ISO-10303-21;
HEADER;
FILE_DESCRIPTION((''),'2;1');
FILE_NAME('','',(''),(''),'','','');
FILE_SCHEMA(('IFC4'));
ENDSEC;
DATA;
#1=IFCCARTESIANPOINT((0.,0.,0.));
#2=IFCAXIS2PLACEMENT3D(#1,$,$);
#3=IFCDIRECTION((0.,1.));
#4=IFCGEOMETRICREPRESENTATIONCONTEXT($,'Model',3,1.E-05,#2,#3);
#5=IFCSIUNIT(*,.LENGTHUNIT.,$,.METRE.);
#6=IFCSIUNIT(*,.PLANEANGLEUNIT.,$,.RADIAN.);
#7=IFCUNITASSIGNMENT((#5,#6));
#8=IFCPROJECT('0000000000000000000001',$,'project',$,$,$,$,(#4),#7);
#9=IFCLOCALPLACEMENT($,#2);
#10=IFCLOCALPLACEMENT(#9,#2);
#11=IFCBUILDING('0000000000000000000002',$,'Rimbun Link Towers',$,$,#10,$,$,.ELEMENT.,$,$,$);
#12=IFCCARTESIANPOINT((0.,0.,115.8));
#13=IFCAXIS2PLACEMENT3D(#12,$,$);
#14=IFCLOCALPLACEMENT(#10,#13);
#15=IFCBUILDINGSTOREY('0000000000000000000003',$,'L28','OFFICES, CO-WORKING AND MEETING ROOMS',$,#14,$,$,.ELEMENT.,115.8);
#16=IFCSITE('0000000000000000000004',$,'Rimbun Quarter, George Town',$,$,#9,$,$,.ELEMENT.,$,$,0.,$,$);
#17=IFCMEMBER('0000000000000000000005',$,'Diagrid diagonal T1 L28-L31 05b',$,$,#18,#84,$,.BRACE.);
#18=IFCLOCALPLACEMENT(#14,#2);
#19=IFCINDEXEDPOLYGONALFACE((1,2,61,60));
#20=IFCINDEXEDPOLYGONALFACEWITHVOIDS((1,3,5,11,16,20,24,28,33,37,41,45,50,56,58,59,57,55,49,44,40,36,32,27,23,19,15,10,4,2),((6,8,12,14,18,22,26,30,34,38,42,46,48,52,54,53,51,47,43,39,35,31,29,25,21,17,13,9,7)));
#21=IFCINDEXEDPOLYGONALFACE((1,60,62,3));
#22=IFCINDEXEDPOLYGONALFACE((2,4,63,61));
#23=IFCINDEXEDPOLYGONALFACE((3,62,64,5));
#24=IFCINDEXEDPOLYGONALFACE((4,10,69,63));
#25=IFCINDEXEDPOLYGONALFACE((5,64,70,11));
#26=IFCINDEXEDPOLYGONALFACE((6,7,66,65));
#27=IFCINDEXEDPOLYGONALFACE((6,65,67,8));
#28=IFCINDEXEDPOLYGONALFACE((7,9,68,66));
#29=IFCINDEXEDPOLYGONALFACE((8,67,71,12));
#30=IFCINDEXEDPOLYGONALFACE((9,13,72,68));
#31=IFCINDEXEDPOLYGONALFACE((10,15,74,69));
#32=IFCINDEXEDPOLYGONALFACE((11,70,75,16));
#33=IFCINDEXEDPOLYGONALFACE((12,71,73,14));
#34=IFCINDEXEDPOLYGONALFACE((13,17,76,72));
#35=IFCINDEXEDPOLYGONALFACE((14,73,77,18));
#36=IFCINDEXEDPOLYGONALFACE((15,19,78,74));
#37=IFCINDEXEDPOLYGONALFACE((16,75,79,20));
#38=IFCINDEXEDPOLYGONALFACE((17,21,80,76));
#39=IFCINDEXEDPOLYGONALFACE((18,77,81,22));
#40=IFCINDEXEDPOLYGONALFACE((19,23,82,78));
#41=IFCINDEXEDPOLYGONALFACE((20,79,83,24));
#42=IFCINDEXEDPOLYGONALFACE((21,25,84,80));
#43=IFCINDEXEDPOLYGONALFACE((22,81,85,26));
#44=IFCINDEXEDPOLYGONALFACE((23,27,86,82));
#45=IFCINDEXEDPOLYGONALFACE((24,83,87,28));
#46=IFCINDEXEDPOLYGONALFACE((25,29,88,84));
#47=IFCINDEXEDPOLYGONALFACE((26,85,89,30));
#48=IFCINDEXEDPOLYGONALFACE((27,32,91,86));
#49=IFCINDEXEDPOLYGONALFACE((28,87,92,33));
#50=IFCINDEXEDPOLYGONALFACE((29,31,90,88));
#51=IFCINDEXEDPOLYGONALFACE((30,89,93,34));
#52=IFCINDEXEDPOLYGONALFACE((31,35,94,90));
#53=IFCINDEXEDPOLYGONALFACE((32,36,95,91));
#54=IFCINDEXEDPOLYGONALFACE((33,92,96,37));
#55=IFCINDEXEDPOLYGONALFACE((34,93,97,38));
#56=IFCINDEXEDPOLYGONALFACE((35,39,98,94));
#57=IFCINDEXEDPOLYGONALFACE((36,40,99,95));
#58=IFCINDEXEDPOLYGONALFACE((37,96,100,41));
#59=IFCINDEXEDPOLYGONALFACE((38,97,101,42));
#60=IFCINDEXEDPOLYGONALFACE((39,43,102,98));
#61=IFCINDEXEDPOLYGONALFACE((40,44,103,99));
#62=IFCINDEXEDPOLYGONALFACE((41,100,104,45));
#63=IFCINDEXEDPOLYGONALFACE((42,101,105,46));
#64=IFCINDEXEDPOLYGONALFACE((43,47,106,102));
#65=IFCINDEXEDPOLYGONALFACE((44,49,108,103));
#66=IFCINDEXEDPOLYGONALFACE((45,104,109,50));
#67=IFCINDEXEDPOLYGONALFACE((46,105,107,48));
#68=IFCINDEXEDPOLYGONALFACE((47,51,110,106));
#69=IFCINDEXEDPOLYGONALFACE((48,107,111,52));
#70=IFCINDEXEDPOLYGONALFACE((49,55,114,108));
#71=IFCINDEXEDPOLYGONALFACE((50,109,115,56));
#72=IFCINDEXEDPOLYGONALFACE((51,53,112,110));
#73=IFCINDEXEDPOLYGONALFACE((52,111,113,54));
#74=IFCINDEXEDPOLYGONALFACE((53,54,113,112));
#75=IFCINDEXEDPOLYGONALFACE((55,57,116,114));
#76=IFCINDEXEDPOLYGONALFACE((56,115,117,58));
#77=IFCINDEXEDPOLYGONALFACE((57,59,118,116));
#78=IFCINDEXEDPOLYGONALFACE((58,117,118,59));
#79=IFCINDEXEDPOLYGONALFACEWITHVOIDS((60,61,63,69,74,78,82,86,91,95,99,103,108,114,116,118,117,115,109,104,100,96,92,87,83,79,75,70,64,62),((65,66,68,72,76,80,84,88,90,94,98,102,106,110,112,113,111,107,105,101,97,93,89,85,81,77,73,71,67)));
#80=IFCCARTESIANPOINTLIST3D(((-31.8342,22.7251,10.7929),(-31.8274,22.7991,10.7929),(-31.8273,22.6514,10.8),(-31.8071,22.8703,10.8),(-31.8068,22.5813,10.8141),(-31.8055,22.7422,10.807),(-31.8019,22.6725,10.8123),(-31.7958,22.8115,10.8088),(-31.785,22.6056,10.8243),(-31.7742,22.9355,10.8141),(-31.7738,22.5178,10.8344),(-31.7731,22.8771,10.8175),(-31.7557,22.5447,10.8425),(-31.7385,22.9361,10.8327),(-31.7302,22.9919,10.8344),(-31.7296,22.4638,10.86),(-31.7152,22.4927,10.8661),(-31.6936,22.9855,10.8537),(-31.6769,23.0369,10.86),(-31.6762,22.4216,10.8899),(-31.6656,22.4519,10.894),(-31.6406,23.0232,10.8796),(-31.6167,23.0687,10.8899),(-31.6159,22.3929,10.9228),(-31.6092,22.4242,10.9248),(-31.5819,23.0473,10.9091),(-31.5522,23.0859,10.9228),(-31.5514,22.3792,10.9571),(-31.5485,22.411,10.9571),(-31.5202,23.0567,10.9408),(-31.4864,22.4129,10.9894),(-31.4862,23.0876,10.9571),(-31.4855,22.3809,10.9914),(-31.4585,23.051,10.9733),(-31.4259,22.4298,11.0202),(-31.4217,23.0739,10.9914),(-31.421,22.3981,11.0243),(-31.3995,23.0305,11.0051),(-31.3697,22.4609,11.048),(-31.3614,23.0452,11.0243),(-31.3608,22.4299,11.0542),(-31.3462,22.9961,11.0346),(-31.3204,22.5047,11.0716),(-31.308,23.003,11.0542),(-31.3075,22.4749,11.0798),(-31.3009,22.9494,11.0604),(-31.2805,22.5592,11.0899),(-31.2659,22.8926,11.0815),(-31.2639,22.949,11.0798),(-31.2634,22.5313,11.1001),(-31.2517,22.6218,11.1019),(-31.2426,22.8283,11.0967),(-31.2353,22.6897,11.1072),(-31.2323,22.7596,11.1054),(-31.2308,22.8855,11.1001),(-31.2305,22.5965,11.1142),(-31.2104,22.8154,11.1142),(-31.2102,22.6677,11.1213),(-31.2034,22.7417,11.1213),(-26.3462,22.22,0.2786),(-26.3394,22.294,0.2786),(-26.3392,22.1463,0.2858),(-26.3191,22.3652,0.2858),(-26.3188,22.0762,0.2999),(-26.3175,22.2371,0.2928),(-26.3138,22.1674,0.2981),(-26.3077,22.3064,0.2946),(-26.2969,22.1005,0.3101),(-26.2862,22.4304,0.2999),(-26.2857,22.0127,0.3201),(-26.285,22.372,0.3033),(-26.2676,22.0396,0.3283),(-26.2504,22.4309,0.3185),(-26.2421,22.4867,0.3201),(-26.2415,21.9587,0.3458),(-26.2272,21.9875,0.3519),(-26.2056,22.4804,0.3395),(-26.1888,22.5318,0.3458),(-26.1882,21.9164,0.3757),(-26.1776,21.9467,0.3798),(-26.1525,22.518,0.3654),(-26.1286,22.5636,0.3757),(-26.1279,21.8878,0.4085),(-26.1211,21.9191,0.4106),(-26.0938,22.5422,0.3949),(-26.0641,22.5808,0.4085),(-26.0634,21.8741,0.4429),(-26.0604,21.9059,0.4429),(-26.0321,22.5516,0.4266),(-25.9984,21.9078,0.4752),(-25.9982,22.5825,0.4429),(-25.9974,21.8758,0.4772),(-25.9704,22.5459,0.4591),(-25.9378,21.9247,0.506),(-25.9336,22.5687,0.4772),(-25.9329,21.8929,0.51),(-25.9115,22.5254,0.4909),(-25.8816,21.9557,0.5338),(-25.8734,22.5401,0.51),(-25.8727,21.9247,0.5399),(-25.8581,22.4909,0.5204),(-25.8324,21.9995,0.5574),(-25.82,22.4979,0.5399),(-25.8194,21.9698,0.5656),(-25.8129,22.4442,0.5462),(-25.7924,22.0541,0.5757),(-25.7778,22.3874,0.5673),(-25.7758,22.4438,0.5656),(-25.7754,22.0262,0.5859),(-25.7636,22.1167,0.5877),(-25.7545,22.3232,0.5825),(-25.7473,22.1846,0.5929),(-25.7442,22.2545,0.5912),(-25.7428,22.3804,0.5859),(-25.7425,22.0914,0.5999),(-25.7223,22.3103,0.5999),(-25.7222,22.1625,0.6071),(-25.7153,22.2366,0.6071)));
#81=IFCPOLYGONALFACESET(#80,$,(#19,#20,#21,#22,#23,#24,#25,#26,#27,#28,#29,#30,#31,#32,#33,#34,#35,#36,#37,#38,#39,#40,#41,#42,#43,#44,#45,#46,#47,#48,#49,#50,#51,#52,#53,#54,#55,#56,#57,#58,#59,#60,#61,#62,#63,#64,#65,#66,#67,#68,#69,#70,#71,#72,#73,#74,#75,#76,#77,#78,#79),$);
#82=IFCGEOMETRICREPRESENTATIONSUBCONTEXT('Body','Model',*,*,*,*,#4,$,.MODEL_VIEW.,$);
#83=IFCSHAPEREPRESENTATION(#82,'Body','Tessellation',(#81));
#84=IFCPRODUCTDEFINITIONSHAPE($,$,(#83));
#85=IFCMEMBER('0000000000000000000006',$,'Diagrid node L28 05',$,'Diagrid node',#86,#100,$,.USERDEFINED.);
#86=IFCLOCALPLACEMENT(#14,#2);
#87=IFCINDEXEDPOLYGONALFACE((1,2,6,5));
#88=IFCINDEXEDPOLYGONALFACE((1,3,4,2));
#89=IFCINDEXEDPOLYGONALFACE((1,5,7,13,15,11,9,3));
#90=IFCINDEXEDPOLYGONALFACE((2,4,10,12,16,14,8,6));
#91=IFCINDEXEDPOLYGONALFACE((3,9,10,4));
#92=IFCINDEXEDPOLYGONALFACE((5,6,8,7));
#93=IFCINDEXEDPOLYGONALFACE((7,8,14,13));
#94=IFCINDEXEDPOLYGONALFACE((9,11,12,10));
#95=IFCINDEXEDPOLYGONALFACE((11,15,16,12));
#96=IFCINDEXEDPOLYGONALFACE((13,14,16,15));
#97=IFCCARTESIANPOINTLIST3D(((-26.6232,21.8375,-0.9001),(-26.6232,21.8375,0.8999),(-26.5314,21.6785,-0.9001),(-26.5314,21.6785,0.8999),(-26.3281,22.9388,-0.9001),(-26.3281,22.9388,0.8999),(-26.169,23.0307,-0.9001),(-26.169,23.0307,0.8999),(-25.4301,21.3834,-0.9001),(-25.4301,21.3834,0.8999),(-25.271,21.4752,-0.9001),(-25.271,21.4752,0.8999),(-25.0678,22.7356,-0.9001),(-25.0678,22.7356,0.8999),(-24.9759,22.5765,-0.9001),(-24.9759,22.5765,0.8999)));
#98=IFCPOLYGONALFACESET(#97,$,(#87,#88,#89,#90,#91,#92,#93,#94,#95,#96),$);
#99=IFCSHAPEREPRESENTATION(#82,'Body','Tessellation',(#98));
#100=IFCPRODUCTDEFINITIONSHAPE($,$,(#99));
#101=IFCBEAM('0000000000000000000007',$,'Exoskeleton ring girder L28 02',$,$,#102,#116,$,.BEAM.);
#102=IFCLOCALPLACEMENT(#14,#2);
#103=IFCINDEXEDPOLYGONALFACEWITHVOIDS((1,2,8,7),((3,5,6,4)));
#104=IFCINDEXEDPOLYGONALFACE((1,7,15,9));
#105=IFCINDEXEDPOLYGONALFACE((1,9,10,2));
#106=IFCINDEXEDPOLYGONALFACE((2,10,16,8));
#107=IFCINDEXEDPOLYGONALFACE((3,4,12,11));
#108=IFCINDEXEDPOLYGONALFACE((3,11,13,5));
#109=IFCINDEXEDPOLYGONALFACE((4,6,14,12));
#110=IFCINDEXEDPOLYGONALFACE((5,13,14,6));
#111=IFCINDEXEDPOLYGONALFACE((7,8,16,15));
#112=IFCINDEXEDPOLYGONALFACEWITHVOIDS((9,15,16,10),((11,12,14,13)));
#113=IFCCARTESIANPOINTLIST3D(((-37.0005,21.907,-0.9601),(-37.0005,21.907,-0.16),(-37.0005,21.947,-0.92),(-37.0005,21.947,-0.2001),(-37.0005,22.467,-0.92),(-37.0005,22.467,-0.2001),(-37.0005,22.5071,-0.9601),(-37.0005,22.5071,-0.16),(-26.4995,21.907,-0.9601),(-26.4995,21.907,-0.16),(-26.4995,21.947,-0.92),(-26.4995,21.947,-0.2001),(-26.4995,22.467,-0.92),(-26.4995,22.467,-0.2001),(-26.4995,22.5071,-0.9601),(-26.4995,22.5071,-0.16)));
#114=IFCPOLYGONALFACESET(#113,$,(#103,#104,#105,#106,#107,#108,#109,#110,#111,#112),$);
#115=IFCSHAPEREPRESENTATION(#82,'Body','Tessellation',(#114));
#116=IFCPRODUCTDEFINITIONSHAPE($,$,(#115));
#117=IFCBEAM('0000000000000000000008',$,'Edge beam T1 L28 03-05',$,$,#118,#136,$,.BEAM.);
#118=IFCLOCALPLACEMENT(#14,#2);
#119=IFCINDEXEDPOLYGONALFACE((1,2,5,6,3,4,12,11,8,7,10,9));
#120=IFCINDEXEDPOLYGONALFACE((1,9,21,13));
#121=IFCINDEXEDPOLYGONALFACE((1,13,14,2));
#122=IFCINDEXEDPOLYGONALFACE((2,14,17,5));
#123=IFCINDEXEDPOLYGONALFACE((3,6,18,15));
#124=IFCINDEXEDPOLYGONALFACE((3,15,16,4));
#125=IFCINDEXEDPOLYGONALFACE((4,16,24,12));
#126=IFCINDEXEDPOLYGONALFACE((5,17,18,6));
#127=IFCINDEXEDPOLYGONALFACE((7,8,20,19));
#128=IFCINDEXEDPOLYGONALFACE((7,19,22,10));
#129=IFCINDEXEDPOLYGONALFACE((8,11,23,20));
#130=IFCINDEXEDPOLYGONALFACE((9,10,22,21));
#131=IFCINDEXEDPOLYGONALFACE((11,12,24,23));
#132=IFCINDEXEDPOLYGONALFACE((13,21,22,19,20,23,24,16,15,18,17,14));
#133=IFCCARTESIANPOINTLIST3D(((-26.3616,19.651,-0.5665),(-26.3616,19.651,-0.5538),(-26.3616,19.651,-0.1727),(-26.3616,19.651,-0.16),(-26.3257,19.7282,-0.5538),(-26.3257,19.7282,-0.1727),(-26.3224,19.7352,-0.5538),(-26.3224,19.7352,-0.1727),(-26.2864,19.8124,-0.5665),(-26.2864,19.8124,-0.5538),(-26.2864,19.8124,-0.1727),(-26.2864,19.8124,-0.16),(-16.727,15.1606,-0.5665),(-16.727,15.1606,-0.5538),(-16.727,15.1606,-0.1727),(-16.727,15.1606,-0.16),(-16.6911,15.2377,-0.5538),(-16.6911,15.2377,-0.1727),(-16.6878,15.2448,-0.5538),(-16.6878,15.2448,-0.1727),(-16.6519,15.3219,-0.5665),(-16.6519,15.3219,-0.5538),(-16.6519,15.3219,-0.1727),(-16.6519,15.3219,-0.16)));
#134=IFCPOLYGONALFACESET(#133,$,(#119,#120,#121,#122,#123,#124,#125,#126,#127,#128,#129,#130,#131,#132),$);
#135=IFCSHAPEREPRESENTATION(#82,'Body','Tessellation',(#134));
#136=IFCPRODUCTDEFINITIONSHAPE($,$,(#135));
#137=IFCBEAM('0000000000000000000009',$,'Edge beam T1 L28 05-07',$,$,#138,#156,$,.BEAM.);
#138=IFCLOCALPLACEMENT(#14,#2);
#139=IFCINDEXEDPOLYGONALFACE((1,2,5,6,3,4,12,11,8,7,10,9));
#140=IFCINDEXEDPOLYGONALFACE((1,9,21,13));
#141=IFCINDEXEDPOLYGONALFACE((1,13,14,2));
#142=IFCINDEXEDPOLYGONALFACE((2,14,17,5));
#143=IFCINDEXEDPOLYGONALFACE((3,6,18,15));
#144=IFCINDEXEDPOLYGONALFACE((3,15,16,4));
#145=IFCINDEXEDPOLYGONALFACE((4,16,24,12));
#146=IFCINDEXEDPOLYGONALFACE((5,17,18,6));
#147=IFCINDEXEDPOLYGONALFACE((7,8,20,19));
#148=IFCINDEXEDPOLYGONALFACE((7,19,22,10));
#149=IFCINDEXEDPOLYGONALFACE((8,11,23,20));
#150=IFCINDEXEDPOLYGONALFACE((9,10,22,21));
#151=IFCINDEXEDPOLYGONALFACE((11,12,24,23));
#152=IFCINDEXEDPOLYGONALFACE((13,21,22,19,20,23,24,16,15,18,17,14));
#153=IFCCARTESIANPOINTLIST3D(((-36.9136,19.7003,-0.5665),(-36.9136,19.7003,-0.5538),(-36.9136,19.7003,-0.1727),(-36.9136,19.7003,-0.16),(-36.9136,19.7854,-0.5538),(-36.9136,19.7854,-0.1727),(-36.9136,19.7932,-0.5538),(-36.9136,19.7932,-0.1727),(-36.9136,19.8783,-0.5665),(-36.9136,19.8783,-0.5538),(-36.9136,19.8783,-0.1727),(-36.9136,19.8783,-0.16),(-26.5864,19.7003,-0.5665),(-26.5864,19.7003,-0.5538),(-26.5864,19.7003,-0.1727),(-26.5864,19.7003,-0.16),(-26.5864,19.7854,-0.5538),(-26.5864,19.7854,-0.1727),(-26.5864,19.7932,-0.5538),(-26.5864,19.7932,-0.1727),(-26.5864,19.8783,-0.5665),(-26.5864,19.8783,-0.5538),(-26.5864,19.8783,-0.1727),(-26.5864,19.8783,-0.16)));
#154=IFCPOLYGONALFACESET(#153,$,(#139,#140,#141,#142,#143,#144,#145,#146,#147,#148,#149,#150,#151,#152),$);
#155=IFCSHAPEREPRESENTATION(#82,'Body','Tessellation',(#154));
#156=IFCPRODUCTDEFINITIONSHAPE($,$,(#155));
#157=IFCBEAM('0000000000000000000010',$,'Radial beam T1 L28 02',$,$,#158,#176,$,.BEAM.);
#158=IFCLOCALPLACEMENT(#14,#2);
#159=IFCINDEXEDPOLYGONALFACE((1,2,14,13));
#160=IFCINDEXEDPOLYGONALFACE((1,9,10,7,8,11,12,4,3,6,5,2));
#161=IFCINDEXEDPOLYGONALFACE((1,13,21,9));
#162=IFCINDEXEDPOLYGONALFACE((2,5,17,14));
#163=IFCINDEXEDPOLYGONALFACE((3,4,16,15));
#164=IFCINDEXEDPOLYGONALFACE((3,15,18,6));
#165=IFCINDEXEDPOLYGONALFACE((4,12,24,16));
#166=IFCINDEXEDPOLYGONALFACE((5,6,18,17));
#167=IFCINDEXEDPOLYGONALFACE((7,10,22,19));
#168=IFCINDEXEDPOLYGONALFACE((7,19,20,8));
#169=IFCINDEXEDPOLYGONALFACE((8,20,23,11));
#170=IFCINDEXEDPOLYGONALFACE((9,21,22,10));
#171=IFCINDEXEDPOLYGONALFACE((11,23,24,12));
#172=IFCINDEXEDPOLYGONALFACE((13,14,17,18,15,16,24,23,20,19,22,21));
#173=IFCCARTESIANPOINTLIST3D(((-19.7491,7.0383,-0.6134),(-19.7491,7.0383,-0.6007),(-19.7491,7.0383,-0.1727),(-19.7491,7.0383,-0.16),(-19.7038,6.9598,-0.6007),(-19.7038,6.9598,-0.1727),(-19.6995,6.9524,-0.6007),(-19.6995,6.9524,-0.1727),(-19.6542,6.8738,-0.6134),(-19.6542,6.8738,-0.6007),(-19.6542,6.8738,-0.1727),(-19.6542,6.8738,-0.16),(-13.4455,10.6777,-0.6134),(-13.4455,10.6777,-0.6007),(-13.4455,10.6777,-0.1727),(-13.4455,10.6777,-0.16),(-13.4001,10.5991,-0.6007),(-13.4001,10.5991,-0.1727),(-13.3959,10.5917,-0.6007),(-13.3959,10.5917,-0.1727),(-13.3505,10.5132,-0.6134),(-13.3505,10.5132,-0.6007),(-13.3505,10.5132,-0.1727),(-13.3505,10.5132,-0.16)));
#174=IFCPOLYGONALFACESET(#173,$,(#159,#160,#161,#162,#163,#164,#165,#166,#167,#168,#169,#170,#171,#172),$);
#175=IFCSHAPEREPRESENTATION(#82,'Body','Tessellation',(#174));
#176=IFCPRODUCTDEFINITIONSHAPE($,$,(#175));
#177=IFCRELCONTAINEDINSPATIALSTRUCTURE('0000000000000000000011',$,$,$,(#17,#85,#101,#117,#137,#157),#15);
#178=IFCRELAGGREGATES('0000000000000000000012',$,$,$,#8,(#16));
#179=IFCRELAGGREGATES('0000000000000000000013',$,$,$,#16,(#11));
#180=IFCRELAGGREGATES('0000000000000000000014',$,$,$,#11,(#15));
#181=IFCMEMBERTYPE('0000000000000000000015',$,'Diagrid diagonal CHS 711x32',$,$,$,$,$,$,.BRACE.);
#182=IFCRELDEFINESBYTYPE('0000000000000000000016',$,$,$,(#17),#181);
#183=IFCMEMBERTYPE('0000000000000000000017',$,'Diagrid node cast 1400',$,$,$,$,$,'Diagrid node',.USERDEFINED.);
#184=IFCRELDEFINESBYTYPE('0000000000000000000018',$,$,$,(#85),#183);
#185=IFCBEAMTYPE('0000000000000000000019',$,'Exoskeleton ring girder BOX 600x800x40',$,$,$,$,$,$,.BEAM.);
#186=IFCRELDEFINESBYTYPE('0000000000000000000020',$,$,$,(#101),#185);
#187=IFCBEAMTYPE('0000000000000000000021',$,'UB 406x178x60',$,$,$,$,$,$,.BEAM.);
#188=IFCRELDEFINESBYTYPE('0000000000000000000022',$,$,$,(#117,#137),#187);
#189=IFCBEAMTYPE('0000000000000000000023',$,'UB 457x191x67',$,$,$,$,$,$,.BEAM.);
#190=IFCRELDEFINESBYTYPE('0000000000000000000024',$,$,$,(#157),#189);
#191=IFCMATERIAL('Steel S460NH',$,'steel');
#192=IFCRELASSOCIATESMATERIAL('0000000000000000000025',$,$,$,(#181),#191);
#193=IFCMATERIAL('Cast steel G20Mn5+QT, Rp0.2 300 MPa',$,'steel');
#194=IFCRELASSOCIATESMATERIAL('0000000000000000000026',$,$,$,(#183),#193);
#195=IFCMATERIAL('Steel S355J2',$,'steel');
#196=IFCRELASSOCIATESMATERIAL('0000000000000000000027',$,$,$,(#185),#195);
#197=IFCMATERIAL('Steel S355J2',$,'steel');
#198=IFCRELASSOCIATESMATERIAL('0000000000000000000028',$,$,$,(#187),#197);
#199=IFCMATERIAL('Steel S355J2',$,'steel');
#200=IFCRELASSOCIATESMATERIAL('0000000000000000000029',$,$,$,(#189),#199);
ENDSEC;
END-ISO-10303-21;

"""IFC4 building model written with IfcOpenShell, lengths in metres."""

from ifc_helpers import new_model, si_unit, direction, frame, origin, origin_2d, place, context, subcontext, project, spatial, polyline, hollow_rectangle, hollow_circle, i_section, outline, extrude, material, material_profile, profile_set, type_object, element, save


model = new_model("IFC4")

# Units and contexts
model_context = context("Model", 3, precision=1e-05, world=origin(), true_north=direction((0.0, 1.0)))
body_context = subcontext(model_context, "Body", "Model", "MODEL_VIEW")
ifc_project = project(units=[si_unit("LENGTHUNIT", "METRE"), si_unit("PLANEANGLEUNIT", "RADIAN")], contexts=[model_context])

# Site, building, storey
site_placement = place(None, origin())
site = spatial("IfcSite", under=ifc_project, at=site_placement, Name="Rimbun Quarter, George Town", CompositionType="ELEMENT", RefElevation=0.0)
building_placement = place(site_placement, origin())
building = spatial("IfcBuilding", under=site, at=building_placement, Name="Rimbun Link Towers", CompositionType="ELEMENT")
storey_placement = place(building_placement, frame((0.0, 0.0, 115.8)))
storey = spatial("IfcBuildingStorey", under=building, at=storey_placement, Name="L28", Description="OFFICES, CO-WORKING AND MEETING ROOMS", CompositionType="ELEMENT", Elevation=115.8)

# Members
ifc_material_1 = material(Name="Steel S460NH", Category="steel")
ifc_material_profile_1 = material_profile(ifc_material_1, hollow_circle(Radius=0.3557, WallThickness=0.032, at=origin_2d()), Name="Diagrid diagonal CHS 711x32")
ifc_profile_set_1 = profile_set([ifc_material_profile_1], Name="Steel S460NH")
member_type_1 = type_object("IfcMemberType", Name="Diagrid diagonal CHS 711x32", PredefinedType="BRACE", material=ifc_profile_set_1)
member_1_placement = place(storey_placement, frame((-26.0308, 22.2283, 0.4429), z_axis=(-0.462305, 0.042551, 0.885699), x_axis=(-0.091654, -0.995791, 0.0)))
element("IfcMember", 1, at=member_1_placement, inside=storey, type_object=member_type_1, Name="Diagrid diagonal T1 L28-L31 05b", PredefinedType="BRACE", context=body_context, shape_type="SweptSolid", body=[
    extrude(hollow_circle(Radius=0.3557, WallThickness=0.032, at=origin_2d()), origin(), (0.0, 0.0, 1.0), 11.8711),
])
ifc_material_2 = material(Name="Cast steel G20Mn5+QT, Rp0.2 300 MPa", Category="steel")
ifc_material_profile_2 = material_profile(ifc_material_2, outline(polyline([(0.7, -0.5701), (0.7, 0.5701), (0.5701, 0.7), (-0.5701, 0.7), (-0.7, 0.5701), (-0.7, -0.5701), (-0.5701, -0.7), (0.5701, -0.7), (0.7, -0.5701)])), Name="NODE 1400x1400")
ifc_profile_set_2 = profile_set([ifc_material_profile_2], Name="Cast steel G20Mn5+QT, Rp0.2 300 MPa")
member_type_2 = type_object("IfcMemberType", Name="Diagrid node cast 1400", ElementType="Diagrid node", PredefinedType="USERDEFINED", material=ifc_profile_set_2)
member_2_placement = place(storey_placement, frame((-25.7996, 22.207, -0.9001), z_axis=(0.0, 0.0, 1.0), x_axis=(0.258819, 0.965926, 0.0)))
element("IfcMember", 2, at=member_2_placement, inside=storey, type_object=member_type_2, Name="Diagrid node L28 05", ObjectType="Diagrid node", PredefinedType="USERDEFINED", context=body_context, shape_type="SweptSolid", body=[
    extrude(outline(polyline([(0.7, -0.5701), (0.7, 0.5701), (0.5701, 0.7), (-0.5701, 0.7), (-0.7, 0.5701), (-0.7, -0.5701), (-0.5701, -0.7), (0.5701, -0.7), (0.7, -0.5701)])), origin(), (0.0, 0.0, 1.0), 1.8),
])

# Beams
ifc_material_3 = material(Name="Steel S355J2", Category="steel")
ifc_material_profile_3 = material_profile(ifc_material_3, hollow_rectangle(XDim=0.6001, YDim=0.8, WallThickness=0.04, at=origin_2d()), Name="Exoskeleton ring girder BOX 600x800x40")
ifc_profile_set_3 = profile_set([ifc_material_profile_3], Name="Steel S355J2")
beam_type_1 = type_object("IfcBeamType", Name="Exoskeleton ring girder BOX 600x800x40", PredefinedType="BEAM", material=ifc_profile_set_3)
beam_1_placement = place(storey_placement, frame((-26.4995, 22.207, -0.5601), z_axis=(-1.0, 0.0, 0.0), x_axis=(0.0, -1.0, 0.0)))
element("IfcBeam", 3, at=beam_1_placement, inside=storey, type_object=beam_type_1, Name="Exoskeleton ring girder L28 02", PredefinedType="BEAM", context=body_context, shape_type="SweptSolid", body=[
    extrude(hollow_rectangle(XDim=0.6001, YDim=0.8, WallThickness=0.04, at=origin_2d()), origin(), (0.0, 0.0, 1.0), 10.501),
])
ifc_material_4 = material(Name="Steel S355J2", Category="steel")
ifc_material_profile_4 = material_profile(ifc_material_4, i_section(OverallWidth=0.178, OverallDepth=0.4065, WebThickness=0.0078, FlangeThickness=0.0127, at=origin_2d()), Name="UB 406x178x60")
ifc_profile_set_4 = profile_set([ifc_material_profile_4], Name="Steel S355J2")
beam_type_2 = type_object("IfcBeamType", Name="UB 406x178x60", PredefinedType="BEAM", material=ifc_profile_set_4)
beam_2_placement = place(storey_placement, frame((-16.6895, 15.2412, -0.3633), z_axis=(-0.906386, 0.42245, 0.0), x_axis=(-0.42245, -0.906386, 0.0)))
element("IfcBeam", 4, at=beam_2_placement, inside=storey, type_object=beam_type_2, Name="Edge beam T1 L28 03-05", PredefinedType="BEAM", context=body_context, shape_type="SweptSolid", body=[
    extrude(i_section(OverallWidth=0.178, OverallDepth=0.4065, WebThickness=0.0078, FlangeThickness=0.0127, at=origin_2d()), origin(), (0.0, 0.0, 1.0), 10.6296),
])
beam_3_placement = place(storey_placement, frame((-26.5864, 19.7893, -0.3633), z_axis=(-1.0, 0.0, 0.0), x_axis=(0.0, -1.0, 0.0)))
element("IfcBeam", 5, at=beam_3_placement, inside=storey, type_object=beam_type_2, Name="Edge beam T1 L28 05-07", PredefinedType="BEAM", context=body_context, shape_type="SweptSolid", body=[
    extrude(i_section(OverallWidth=0.178, OverallDepth=0.4065, WebThickness=0.0078, FlangeThickness=0.0127, at=origin_2d()), origin(), (0.0, 0.0, 1.0), 10.3271),
])
ifc_material_5 = material(Name="Steel S355J2", Category="steel")
ifc_material_profile_5 = material_profile(ifc_material_5, i_section(OverallWidth=0.1899, OverallDepth=0.4534, WebThickness=0.0085, FlangeThickness=0.0127, at=origin_2d()), Name="UB 457x191x67")
ifc_profile_set_5 = profile_set([ifc_material_profile_5], Name="Steel S355J2")
beam_type_3 = type_object("IfcBeamType", Name="UB 457x191x67", PredefinedType="BEAM", material=ifc_profile_set_5)
beam_4_placement = place(storey_placement, frame((-19.7017, 6.9561, -0.3867), z_axis=(0.866028, 0.499995, 0.0), x_axis=(-0.499995, 0.866028, 0.0)))
element("IfcBeam", 6, at=beam_4_placement, inside=storey, type_object=beam_type_3, Name="Radial beam T1 L28 02", PredefinedType="BEAM", context=body_context, shape_type="SweptSolid", body=[
    extrude(i_section(OverallWidth=0.1899, OverallDepth=0.4534, WebThickness=0.0085, FlangeThickness=0.0127, at=origin_2d()), origin(), (0.0, 0.0, 1.0), 7.2788),
])

save(model, "model.ifc")
